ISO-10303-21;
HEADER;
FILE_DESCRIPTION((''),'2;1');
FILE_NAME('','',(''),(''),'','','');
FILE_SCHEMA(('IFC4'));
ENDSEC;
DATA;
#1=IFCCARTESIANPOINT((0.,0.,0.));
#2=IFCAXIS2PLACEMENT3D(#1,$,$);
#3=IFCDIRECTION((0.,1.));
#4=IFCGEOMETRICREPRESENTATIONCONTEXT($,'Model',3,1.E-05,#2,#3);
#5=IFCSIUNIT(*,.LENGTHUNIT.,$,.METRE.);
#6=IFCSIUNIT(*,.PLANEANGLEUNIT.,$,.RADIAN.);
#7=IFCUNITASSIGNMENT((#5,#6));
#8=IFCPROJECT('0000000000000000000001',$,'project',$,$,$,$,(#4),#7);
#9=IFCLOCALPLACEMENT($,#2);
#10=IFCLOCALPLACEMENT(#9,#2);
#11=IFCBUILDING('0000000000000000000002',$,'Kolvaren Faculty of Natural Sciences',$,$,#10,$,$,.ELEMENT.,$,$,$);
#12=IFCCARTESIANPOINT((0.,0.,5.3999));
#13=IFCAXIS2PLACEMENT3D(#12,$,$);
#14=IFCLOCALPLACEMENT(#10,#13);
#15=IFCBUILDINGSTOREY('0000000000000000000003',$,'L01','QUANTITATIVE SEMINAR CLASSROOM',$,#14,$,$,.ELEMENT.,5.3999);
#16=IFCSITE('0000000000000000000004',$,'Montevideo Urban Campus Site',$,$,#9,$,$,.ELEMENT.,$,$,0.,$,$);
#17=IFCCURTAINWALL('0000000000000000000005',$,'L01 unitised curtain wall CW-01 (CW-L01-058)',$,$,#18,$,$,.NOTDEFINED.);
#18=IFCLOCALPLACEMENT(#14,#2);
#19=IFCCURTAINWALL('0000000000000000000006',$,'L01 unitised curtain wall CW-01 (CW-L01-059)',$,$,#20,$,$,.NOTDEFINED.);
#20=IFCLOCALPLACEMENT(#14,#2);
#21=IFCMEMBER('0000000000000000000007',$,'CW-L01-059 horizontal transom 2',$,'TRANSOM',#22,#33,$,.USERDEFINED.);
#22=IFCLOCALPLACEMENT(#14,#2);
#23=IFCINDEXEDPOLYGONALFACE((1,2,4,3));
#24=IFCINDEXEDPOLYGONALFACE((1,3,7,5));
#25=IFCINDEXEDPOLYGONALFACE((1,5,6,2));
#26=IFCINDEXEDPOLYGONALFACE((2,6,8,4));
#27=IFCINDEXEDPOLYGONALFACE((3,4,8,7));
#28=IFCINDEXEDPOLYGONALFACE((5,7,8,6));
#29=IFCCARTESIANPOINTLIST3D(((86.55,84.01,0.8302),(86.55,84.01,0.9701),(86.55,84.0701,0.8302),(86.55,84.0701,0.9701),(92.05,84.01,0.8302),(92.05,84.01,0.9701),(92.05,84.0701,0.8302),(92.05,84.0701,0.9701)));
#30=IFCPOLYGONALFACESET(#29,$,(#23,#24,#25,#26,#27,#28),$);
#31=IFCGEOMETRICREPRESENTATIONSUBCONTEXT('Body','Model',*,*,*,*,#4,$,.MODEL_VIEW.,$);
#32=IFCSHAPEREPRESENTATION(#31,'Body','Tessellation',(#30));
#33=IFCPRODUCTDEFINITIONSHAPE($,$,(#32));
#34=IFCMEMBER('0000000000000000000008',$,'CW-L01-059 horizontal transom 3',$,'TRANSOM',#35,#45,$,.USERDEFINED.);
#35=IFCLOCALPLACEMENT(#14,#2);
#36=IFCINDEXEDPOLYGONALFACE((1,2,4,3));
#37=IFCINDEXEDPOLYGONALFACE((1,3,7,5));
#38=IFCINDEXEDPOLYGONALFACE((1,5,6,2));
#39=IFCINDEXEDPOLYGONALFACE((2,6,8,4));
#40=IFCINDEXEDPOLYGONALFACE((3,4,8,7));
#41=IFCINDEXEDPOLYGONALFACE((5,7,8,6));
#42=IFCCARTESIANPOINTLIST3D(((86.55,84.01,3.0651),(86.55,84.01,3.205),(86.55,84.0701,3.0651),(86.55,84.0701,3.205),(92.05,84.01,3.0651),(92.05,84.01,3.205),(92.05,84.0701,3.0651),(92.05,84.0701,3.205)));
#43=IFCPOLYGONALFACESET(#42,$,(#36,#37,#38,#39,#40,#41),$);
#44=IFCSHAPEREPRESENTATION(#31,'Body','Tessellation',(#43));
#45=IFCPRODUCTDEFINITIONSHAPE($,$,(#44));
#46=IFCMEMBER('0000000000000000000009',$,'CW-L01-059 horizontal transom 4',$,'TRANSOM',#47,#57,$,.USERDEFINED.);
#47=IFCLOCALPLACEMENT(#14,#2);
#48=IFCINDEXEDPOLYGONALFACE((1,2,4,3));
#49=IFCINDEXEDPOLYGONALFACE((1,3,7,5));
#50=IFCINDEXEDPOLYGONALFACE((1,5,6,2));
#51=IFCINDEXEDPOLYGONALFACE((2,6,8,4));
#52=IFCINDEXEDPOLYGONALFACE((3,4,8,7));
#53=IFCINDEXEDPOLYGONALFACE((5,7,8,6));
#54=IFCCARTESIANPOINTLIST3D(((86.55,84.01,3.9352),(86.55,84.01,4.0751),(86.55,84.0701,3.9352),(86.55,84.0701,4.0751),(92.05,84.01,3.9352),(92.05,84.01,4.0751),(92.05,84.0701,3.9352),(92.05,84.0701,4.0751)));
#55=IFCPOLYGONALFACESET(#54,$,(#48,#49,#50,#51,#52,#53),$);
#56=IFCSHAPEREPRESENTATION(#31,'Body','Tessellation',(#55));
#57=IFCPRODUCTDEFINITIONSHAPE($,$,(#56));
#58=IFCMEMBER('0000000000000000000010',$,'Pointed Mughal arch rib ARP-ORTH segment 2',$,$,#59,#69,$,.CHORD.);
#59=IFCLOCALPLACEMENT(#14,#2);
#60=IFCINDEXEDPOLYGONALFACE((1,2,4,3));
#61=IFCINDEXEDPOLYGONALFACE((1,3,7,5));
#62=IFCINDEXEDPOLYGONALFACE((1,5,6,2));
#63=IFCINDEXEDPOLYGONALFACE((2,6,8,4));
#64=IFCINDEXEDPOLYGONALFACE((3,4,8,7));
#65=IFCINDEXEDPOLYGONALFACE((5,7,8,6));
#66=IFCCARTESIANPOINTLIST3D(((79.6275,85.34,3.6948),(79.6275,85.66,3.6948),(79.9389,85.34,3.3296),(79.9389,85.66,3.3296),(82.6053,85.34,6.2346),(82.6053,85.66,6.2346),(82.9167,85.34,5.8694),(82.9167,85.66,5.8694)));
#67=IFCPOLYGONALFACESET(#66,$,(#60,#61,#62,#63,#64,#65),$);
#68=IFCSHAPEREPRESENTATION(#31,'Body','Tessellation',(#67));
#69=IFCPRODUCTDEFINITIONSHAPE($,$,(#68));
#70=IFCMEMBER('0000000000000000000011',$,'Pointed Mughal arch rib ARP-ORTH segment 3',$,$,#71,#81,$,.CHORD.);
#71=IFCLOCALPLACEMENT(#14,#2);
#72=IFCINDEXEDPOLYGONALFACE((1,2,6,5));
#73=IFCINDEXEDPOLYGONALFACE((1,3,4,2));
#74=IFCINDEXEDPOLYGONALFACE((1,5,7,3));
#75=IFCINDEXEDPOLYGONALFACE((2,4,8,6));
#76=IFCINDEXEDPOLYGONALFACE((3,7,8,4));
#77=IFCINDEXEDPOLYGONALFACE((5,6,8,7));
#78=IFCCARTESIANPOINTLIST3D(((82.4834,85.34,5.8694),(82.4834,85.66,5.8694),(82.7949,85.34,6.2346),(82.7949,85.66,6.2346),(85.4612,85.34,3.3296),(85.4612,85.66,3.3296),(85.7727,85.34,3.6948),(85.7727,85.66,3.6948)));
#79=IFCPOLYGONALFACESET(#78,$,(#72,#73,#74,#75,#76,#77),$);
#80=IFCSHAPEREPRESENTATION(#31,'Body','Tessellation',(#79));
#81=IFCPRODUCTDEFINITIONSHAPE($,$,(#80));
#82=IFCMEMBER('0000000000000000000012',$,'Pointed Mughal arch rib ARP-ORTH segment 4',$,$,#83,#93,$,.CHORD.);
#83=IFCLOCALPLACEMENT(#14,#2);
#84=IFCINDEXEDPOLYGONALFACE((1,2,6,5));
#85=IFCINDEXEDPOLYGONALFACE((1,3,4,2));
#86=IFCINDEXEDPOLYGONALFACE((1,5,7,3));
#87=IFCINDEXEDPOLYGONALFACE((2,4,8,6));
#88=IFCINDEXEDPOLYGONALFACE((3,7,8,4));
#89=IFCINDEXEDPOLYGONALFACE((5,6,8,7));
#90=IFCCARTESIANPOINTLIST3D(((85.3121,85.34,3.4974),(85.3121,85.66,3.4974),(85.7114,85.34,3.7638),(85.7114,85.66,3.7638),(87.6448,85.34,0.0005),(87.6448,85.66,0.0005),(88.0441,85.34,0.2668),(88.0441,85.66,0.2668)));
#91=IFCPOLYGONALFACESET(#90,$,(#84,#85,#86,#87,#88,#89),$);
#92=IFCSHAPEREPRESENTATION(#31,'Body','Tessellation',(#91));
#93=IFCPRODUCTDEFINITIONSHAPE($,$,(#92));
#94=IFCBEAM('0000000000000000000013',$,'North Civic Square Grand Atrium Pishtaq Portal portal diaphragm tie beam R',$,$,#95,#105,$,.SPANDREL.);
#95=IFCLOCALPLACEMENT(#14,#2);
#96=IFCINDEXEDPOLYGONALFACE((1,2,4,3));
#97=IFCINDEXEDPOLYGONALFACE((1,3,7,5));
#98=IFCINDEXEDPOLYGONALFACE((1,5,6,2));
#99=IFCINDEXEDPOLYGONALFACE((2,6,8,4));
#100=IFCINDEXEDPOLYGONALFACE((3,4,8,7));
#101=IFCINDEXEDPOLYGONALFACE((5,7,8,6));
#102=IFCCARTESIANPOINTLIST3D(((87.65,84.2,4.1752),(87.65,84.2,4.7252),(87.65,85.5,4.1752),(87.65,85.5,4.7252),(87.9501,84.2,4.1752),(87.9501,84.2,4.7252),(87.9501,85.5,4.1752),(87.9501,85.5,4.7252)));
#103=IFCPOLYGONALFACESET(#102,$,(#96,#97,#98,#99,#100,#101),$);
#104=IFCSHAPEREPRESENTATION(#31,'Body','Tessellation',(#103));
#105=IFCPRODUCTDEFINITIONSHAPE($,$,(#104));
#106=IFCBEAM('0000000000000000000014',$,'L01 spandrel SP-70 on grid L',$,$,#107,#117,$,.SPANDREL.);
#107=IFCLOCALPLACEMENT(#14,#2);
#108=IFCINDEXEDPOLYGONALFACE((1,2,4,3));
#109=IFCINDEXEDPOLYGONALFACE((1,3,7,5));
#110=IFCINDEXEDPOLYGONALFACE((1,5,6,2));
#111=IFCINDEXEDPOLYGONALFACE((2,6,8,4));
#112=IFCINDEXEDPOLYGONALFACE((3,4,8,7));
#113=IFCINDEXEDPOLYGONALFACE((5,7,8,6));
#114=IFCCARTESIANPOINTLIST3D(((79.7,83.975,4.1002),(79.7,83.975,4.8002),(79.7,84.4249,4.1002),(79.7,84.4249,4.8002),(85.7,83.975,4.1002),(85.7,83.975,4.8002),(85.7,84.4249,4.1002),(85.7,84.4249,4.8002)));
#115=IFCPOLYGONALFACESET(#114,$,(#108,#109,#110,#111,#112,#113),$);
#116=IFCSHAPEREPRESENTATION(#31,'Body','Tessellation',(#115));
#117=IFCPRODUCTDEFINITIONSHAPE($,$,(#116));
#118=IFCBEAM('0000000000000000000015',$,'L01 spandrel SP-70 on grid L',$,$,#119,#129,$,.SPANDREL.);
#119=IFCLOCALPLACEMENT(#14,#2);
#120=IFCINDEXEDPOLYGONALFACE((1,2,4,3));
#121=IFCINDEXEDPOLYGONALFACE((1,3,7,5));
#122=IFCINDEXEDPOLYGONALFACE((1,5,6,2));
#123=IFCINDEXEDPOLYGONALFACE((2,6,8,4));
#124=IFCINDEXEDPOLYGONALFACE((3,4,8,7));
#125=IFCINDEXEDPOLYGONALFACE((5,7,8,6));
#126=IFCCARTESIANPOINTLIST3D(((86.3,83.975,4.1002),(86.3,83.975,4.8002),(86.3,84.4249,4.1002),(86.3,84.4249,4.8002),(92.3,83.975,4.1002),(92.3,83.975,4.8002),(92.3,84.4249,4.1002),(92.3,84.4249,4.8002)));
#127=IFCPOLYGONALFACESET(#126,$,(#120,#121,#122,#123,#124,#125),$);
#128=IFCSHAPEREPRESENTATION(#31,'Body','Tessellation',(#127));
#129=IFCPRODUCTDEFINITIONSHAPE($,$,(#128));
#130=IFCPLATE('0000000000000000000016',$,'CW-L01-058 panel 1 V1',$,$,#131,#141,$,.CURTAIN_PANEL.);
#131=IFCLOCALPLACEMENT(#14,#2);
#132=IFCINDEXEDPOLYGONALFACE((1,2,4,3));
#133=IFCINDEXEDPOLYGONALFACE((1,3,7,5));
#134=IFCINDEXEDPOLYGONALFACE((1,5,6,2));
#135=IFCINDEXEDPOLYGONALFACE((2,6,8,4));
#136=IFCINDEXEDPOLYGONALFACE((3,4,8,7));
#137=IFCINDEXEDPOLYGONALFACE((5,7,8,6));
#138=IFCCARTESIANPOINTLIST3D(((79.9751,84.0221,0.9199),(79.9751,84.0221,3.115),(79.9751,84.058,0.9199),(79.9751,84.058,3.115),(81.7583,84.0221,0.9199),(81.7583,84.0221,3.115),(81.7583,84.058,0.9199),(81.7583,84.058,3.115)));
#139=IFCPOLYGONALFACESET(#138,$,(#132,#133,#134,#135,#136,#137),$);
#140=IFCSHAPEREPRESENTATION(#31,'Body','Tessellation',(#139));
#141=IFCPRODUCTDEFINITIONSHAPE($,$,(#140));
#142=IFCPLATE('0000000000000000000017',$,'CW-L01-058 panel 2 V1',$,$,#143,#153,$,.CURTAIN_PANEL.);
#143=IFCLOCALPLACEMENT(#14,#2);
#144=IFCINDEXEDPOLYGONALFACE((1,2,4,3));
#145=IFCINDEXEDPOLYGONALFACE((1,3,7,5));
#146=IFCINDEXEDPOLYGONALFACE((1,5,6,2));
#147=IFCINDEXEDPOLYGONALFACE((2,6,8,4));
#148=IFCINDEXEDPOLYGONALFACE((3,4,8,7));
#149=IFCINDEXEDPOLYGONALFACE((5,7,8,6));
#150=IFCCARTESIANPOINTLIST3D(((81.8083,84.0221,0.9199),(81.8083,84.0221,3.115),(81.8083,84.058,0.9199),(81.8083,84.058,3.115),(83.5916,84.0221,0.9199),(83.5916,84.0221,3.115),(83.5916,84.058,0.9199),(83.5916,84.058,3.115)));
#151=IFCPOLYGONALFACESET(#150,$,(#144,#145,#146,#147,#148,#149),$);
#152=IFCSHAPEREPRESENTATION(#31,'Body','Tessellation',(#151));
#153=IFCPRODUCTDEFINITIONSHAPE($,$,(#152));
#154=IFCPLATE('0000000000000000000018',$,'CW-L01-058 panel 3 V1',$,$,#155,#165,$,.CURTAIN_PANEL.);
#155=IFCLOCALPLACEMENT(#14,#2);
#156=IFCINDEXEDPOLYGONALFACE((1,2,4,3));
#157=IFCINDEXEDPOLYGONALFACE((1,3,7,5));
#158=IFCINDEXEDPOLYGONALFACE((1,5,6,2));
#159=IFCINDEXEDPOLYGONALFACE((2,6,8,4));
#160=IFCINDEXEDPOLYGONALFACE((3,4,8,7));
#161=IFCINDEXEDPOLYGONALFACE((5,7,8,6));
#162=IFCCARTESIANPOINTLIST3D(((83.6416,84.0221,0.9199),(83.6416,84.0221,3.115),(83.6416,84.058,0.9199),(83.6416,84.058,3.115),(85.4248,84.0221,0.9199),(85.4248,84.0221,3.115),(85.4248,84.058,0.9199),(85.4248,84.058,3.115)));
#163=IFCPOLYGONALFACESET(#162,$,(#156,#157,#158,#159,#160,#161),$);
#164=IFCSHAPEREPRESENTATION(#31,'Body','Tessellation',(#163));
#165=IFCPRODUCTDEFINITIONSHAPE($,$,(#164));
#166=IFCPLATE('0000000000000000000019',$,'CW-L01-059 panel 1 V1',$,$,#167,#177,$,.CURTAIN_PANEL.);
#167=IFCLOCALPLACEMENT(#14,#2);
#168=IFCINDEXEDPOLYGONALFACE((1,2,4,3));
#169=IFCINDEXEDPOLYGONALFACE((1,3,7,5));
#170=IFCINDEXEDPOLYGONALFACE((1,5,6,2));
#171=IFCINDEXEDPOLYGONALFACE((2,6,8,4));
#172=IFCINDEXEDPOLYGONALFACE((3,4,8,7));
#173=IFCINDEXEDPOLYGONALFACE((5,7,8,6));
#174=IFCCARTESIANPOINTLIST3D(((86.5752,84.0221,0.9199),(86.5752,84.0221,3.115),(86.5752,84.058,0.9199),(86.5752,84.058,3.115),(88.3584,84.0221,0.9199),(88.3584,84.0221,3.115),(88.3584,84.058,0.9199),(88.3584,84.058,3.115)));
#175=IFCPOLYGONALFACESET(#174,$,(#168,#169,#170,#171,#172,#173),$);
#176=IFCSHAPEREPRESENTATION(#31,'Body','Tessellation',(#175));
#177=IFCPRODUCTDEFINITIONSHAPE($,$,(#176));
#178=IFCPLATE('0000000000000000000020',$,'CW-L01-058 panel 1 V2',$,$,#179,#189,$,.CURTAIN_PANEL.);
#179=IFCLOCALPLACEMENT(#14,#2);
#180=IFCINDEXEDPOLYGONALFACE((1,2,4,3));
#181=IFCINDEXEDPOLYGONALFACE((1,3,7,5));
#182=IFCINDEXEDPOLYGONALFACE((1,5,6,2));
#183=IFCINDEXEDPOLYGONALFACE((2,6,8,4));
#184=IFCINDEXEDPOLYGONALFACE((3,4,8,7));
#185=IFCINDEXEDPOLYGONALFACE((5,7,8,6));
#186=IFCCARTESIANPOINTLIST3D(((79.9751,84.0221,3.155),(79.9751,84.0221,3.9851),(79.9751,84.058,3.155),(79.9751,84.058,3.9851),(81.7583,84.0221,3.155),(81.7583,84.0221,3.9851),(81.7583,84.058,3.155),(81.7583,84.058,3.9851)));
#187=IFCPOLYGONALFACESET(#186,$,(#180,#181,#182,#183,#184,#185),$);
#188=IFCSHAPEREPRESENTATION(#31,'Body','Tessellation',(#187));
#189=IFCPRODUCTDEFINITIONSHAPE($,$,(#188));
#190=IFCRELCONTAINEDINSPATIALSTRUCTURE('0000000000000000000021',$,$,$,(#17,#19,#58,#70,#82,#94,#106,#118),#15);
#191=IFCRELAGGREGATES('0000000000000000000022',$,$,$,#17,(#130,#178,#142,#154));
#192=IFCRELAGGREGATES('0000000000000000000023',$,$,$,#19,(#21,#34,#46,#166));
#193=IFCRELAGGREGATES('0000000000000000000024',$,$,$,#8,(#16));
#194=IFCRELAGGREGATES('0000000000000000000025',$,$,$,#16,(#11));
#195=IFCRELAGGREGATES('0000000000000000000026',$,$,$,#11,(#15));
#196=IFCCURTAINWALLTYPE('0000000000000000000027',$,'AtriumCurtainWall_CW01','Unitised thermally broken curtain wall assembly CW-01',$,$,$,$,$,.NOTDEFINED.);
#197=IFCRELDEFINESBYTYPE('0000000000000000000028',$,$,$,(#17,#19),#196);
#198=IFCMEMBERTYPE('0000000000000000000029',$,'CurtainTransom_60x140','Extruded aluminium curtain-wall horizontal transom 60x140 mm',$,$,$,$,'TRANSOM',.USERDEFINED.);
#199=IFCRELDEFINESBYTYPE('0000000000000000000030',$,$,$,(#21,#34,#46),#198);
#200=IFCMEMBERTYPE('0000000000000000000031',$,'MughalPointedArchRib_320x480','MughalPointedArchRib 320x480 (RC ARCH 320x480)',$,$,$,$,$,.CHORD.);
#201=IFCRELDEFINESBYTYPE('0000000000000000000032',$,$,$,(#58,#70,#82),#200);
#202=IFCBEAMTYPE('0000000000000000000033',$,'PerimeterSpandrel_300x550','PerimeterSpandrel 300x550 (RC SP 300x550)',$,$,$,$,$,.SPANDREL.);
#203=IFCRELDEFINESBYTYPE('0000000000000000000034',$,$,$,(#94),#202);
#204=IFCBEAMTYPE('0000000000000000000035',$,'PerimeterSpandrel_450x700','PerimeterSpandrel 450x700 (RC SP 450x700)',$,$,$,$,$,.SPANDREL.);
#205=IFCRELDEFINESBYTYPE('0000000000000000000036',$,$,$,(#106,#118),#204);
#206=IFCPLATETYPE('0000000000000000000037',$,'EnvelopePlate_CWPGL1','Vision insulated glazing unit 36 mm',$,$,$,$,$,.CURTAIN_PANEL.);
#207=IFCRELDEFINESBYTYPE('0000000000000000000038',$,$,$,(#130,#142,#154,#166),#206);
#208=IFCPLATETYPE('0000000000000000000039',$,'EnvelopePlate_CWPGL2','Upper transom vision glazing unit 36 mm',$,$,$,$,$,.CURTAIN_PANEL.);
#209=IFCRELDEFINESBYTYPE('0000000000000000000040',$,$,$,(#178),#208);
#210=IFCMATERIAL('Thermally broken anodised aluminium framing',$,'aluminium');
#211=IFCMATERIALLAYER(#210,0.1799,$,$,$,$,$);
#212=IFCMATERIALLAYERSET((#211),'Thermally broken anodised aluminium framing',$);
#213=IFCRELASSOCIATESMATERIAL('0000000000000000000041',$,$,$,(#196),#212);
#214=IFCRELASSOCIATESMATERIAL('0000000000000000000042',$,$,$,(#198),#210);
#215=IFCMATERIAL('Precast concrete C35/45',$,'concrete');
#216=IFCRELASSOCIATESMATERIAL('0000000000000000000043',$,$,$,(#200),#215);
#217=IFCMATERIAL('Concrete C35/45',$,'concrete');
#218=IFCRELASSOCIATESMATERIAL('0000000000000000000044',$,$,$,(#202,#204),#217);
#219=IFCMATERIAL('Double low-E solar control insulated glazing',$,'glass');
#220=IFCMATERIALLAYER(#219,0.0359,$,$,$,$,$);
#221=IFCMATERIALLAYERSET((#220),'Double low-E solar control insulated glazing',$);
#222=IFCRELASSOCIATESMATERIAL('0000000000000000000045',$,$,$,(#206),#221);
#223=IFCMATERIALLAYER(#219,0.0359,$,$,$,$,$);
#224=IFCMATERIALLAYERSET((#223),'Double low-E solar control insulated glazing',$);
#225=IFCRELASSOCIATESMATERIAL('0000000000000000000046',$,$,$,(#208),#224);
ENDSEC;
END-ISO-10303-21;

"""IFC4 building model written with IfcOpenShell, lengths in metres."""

from ifc_helpers import new_model, si_unit, direction, frame, origin, origin_2d, place, context, subcontext, project, spatial, rectangle, extrude, material, layer, layer_set, material_profile, profile_set, type_object, element, aggregate, save


model = new_model("IFC4")

# Units and contexts
model_context = context("Model", 3, precision=1e-05, world=origin(), true_north=direction((0.0, 1.0)))
body_context = subcontext(model_context, "Body", "Model", "MODEL_VIEW")
ifc_project = project(units=[si_unit("LENGTHUNIT", "METRE"), si_unit("PLANEANGLEUNIT", "RADIAN")], contexts=[model_context])

# Site, building, storey
site_placement = place(None, origin())
site = spatial("IfcSite", under=ifc_project, at=site_placement, Name="Montevideo Urban Campus Site", CompositionType="ELEMENT", RefElevation=0.0)
building_placement = place(site_placement, origin())
building = spatial("IfcBuilding", under=site, at=building_placement, Name="Kolvaren Faculty of Natural Sciences", CompositionType="ELEMENT")
storey_placement = place(building_placement, frame((0.0, 0.0, 5.3999)))
storey = spatial("IfcBuildingStorey", under=building, at=storey_placement, Name="L01", Description="QUANTITATIVE SEMINAR CLASSROOM", CompositionType="ELEMENT", Elevation=5.3999)

# Shared definitions
ifc_material_1 = material(Name="Concrete C35/45", Category="concrete")

# Curtain walls
ifc_material_2 = material(Name="Thermally broken anodised aluminium framing", Category="aluminium")
ifc_layer_1 = layer(ifc_material_2, 0.1799)
ifc_layer_set_1 = layer_set([ifc_layer_1], Name="Thermally broken anodised aluminium framing")
curtain_wall_type = type_object("IfcCurtainWallType", Name="AtriumCurtainWall_CW01", Description="Unitised thermally broken curtain wall assembly CW-01", PredefinedType="NOTDEFINED", material=ifc_layer_set_1)
curtain_wall_1_placement = place(storey_placement, origin())
curtain_wall_1 = element("IfcCurtainWall", 1, at=curtain_wall_1_placement, inside=storey, type_object=curtain_wall_type, Name="L01 unitised curtain wall CW-01 (CW-L01-058)", PredefinedType="NOTDEFINED")
curtain_wall_2_placement = place(storey_placement, origin())
curtain_wall_2 = element("IfcCurtainWall", 2, at=curtain_wall_2_placement, inside=storey, type_object=curtain_wall_type, Name="L01 unitised curtain wall CW-01 (CW-L01-059)", PredefinedType="NOTDEFINED")

# Members
ifc_material_profile_1 = material_profile(ifc_material_2, rectangle(XDim=0.0601, YDim=0.1399, at=origin_2d()), Name="ALU TRN 60x140")
ifc_profile_set_1 = profile_set([ifc_material_profile_1], Name="Thermally broken anodised aluminium framing")
member_type_1 = type_object("IfcMemberType", Name="CurtainTransom_60x140", Description="Extruded aluminium curtain-wall horizontal transom 60x140 mm", ElementType="TRANSOM", PredefinedType="USERDEFINED", material=ifc_profile_set_1)
member_1_placement = place(storey_placement, frame((86.55, 84.04, 0.9001), z_axis=(1.0, 0.0, 0.0), x_axis=(0.0, 1.0, 0.0)))
member_1 = element("IfcMember", 3, at=member_1_placement, type_object=member_type_1, Name="CW-L01-059 horizontal transom 2", ObjectType="TRANSOM", PredefinedType="USERDEFINED", context=body_context, shape_type="SweptSolid", body=[
    extrude(rectangle(XDim=0.0601, YDim=0.1399, at=origin_2d()), origin(), (0.0, 0.0, 1.0), 5.5),
])
member_2_placement = place(storey_placement, frame((86.55, 84.04, 3.135), z_axis=(1.0, 0.0, 0.0), x_axis=(0.0, 1.0, 0.0)))
member_2 = element("IfcMember", 4, at=member_2_placement, type_object=member_type_1, Name="CW-L01-059 horizontal transom 3", ObjectType="TRANSOM", PredefinedType="USERDEFINED", context=body_context, shape_type="SweptSolid", body=[
    extrude(rectangle(XDim=0.0601, YDim=0.1399, at=origin_2d()), origin(), (0.0, 0.0, 1.0), 5.5),
])
member_3_placement = place(storey_placement, frame((86.55, 84.04, 4.0051), z_axis=(1.0, 0.0, 0.0), x_axis=(0.0, 1.0, 0.0)))
member_3 = element("IfcMember", 5, at=member_3_placement, type_object=member_type_1, Name="CW-L01-059 horizontal transom 4", ObjectType="TRANSOM", PredefinedType="USERDEFINED", context=body_context, shape_type="SweptSolid", body=[
    extrude(rectangle(XDim=0.0601, YDim=0.1399, at=origin_2d()), origin(), (0.0, 0.0, 1.0), 5.5),
])

# Members
ifc_material_3 = material(Name="Precast concrete C35/45", Category="concrete")
ifc_material_profile_2 = material_profile(ifc_material_3, rectangle(XDim=0.3201, YDim=0.48, at=origin_2d()), Name="RC ARCH 320x480")
ifc_profile_set_2 = profile_set([ifc_material_profile_2], Name="Precast concrete C35/45")
member_type_2 = type_object("IfcMemberType", Name="MughalPointedArchRib_320x480", Description="MughalPointedArchRib 320x480 (RC ARCH 320x480)", PredefinedType="CHORD", material=ifc_profile_set_2)
for number, where, z_axis, x_axis, name in (
    (6, (79.7832, 85.5, 3.5122), (0.760844, 0.0, 0.648935), (0.0, 1.0, 0.0), "Pointed Mughal arch rib ARP-ORTH segment 2"),
    (7, (82.6392, 85.5, 6.052), (0.760844, 0.0, -0.648935), (0.0, 1.0, 0.0), "Pointed Mughal arch rib ARP-ORTH segment 3"),
):
    element("IfcMember", number, at=place(storey_placement, frame(where, z_axis=z_axis, x_axis=x_axis)), inside=storey, type_object=member_type_2, Name=name, PredefinedType="CHORD", context=body_context, shape_type="SweptSolid", body=[
        extrude(rectangle(XDim=0.3201, YDim=0.48, at=origin_2d()), origin(), (0.0, 0.0, 1.0), 3.9138),
    ])
member_4_placement = place(storey_placement, frame((85.5117, 85.5, 3.6306), z_axis=(0.554928, 0.0, -0.831898), x_axis=(0.0, 1.0, 0.0)))
element("IfcMember", 8, at=member_4_placement, inside=storey, type_object=member_type_2, Name="Pointed Mughal arch rib ARP-ORTH segment 4", PredefinedType="CHORD", context=body_context, shape_type="SweptSolid", body=[
    extrude(rectangle(XDim=0.3201, YDim=0.48, at=origin_2d()), origin(), (0.0, 0.0, 1.0), 4.2036),
])

# Beams
ifc_material_profile_3 = material_profile(ifc_material_1, rectangle(XDim=0.3, YDim=0.55, at=origin_2d()), Name="RC SP 300x550")
ifc_profile_set_3 = profile_set([ifc_material_profile_3], Name="Concrete C35/45")
beam_type_1 = type_object("IfcBeamType", Name="PerimeterSpandrel_300x550", Description="PerimeterSpandrel 300x550 (RC SP 300x550)", PredefinedType="SPANDREL", material=ifc_profile_set_3)
beam_placement = place(storey_placement, frame((87.8, 84.2, 4.4502), z_axis=(0.0, 1.0, 0.0), x_axis=(-1.0, 0.0, 0.0)))
element("IfcBeam", 9, at=beam_placement, inside=storey, type_object=beam_type_1, Name="North Civic Square Grand Atrium Pishtaq Portal portal diaphragm tie beam R", PredefinedType="SPANDREL", context=body_context, shape_type="SweptSolid", body=[
    extrude(rectangle(XDim=0.3, YDim=0.55, at=origin_2d()), origin(), (0.0, 0.0, 1.0), 1.3),
])
ifc_material_profile_4 = material_profile(ifc_material_1, rectangle(XDim=0.45, YDim=0.7, at=origin_2d()), Name="RC SP 450x700")
ifc_profile_set_4 = profile_set([ifc_material_profile_4], Name="Concrete C35/45")
beam_type_2 = type_object("IfcBeamType", Name="PerimeterSpandrel_450x700", Description="PerimeterSpandrel 450x700 (RC SP 450x700)", PredefinedType="SPANDREL", material=ifc_profile_set_4)
for number, where, z_axis, x_axis, name in (
    (10, (79.7, 84.2, 4.4502), (1.0, 0.0, 0.0), (0.0, 1.0, 0.0), "L01 spandrel SP-70 on grid L"),
    (11, (86.3, 84.2, 4.4502), (1.0, 0.0, 0.0), (0.0, 1.0, 0.0), "L01 spandrel SP-70 on grid L"),
):
    element("IfcBeam", number, at=place(storey_placement, frame(where, z_axis=z_axis, x_axis=x_axis)), inside=storey, type_object=beam_type_2, Name=name, PredefinedType="SPANDREL", context=body_context, shape_type="SweptSolid", body=[
        extrude(rectangle(XDim=0.45, YDim=0.7, at=origin_2d()), origin(), (0.0, 0.0, 1.0), 6.0),
    ])

# Plates
ifc_material_4 = material(Name="Double low-E solar control insulated glazing", Category="glass")
ifc_layer_2 = layer(ifc_material_4, 0.0359)
ifc_layer_set_2 = layer_set([ifc_layer_2], Name="Double low-E solar control insulated glazing")
plate_type_1 = type_object("IfcPlateType", Name="EnvelopePlate_CWPGL1", Description="Vision insulated glazing unit 36 mm", PredefinedType="CURTAIN_PANEL", material=ifc_layer_set_2)
plate_1_placement = place(storey_placement, frame((80.8667, 84.04, 0.9199), z_axis=(0.0, 0.0, 1.0), x_axis=(1.0, 0.0, 0.0)))
plate_1 = element("IfcPlate", 12, at=plate_1_placement, type_object=plate_type_1, Name="CW-L01-058 panel 1 V1", PredefinedType="CURTAIN_PANEL", context=body_context, shape_type="SweptSolid", body=[
    extrude(rectangle(XDim=1.7832, YDim=0.0359, at=origin_2d()), origin(), (0.0, 0.0, 1.0), 2.1951),
])
plate_2_placement = place(storey_placement, frame((82.7, 84.04, 0.9199), z_axis=(0.0, 0.0, 1.0), x_axis=(1.0, 0.0, 0.0)))
plate_2 = element("IfcPlate", 13, at=plate_2_placement, type_object=plate_type_1, Name="CW-L01-058 panel 2 V1", PredefinedType="CURTAIN_PANEL", context=body_context, shape_type="SweptSolid", body=[
    extrude(rectangle(XDim=1.7832, YDim=0.0359, at=origin_2d()), origin(), (0.0, 0.0, 1.0), 2.1951),
])
plate_3_placement = place(storey_placement, frame((84.5332, 84.04, 0.9199), z_axis=(0.0, 0.0, 1.0), x_axis=(1.0, 0.0, 0.0)))
plate_3 = element("IfcPlate", 14, at=plate_3_placement, type_object=plate_type_1, Name="CW-L01-058 panel 3 V1", PredefinedType="CURTAIN_PANEL", context=body_context, shape_type="SweptSolid", body=[
    extrude(rectangle(XDim=1.7832, YDim=0.0359, at=origin_2d()), origin(), (0.0, 0.0, 1.0), 2.1951),
])
plate_4_placement = place(storey_placement, frame((87.4668, 84.04, 0.9199), z_axis=(0.0, 0.0, 1.0), x_axis=(1.0, 0.0, 0.0)))
plate_4 = element("IfcPlate", 15, at=plate_4_placement, type_object=plate_type_1, Name="CW-L01-059 panel 1 V1", PredefinedType="CURTAIN_PANEL", context=body_context, shape_type="SweptSolid", body=[
    extrude(rectangle(XDim=1.7832, YDim=0.0359, at=origin_2d()), origin(), (0.0, 0.0, 1.0), 2.1951),
])
ifc_layer_3 = layer(ifc_material_4, 0.0359)
ifc_layer_set_3 = layer_set([ifc_layer_3], Name="Double low-E solar control insulated glazing")
plate_type_2 = type_object("IfcPlateType", Name="EnvelopePlate_CWPGL2", Description="Upper transom vision glazing unit 36 mm", PredefinedType="CURTAIN_PANEL", material=ifc_layer_set_3)
plate_5_placement = place(storey_placement, frame((80.8667, 84.04, 3.155), z_axis=(0.0, 0.0, 1.0), x_axis=(1.0, 0.0, 0.0)))
plate_5 = element("IfcPlate", 16, at=plate_5_placement, type_object=plate_type_2, Name="CW-L01-058 panel 1 V2", PredefinedType="CURTAIN_PANEL", context=body_context, shape_type="SweptSolid", body=[
    extrude(rectangle(XDim=1.7832, YDim=0.0359, at=origin_2d()), origin(), (0.0, 0.0, 1.0), 0.8301),
])
aggregate(curtain_wall_1, [plate_1, plate_5, plate_2, plate_3])
aggregate(curtain_wall_2, [member_1, member_2, member_3, plate_4])

save(model, "model.ifc")
